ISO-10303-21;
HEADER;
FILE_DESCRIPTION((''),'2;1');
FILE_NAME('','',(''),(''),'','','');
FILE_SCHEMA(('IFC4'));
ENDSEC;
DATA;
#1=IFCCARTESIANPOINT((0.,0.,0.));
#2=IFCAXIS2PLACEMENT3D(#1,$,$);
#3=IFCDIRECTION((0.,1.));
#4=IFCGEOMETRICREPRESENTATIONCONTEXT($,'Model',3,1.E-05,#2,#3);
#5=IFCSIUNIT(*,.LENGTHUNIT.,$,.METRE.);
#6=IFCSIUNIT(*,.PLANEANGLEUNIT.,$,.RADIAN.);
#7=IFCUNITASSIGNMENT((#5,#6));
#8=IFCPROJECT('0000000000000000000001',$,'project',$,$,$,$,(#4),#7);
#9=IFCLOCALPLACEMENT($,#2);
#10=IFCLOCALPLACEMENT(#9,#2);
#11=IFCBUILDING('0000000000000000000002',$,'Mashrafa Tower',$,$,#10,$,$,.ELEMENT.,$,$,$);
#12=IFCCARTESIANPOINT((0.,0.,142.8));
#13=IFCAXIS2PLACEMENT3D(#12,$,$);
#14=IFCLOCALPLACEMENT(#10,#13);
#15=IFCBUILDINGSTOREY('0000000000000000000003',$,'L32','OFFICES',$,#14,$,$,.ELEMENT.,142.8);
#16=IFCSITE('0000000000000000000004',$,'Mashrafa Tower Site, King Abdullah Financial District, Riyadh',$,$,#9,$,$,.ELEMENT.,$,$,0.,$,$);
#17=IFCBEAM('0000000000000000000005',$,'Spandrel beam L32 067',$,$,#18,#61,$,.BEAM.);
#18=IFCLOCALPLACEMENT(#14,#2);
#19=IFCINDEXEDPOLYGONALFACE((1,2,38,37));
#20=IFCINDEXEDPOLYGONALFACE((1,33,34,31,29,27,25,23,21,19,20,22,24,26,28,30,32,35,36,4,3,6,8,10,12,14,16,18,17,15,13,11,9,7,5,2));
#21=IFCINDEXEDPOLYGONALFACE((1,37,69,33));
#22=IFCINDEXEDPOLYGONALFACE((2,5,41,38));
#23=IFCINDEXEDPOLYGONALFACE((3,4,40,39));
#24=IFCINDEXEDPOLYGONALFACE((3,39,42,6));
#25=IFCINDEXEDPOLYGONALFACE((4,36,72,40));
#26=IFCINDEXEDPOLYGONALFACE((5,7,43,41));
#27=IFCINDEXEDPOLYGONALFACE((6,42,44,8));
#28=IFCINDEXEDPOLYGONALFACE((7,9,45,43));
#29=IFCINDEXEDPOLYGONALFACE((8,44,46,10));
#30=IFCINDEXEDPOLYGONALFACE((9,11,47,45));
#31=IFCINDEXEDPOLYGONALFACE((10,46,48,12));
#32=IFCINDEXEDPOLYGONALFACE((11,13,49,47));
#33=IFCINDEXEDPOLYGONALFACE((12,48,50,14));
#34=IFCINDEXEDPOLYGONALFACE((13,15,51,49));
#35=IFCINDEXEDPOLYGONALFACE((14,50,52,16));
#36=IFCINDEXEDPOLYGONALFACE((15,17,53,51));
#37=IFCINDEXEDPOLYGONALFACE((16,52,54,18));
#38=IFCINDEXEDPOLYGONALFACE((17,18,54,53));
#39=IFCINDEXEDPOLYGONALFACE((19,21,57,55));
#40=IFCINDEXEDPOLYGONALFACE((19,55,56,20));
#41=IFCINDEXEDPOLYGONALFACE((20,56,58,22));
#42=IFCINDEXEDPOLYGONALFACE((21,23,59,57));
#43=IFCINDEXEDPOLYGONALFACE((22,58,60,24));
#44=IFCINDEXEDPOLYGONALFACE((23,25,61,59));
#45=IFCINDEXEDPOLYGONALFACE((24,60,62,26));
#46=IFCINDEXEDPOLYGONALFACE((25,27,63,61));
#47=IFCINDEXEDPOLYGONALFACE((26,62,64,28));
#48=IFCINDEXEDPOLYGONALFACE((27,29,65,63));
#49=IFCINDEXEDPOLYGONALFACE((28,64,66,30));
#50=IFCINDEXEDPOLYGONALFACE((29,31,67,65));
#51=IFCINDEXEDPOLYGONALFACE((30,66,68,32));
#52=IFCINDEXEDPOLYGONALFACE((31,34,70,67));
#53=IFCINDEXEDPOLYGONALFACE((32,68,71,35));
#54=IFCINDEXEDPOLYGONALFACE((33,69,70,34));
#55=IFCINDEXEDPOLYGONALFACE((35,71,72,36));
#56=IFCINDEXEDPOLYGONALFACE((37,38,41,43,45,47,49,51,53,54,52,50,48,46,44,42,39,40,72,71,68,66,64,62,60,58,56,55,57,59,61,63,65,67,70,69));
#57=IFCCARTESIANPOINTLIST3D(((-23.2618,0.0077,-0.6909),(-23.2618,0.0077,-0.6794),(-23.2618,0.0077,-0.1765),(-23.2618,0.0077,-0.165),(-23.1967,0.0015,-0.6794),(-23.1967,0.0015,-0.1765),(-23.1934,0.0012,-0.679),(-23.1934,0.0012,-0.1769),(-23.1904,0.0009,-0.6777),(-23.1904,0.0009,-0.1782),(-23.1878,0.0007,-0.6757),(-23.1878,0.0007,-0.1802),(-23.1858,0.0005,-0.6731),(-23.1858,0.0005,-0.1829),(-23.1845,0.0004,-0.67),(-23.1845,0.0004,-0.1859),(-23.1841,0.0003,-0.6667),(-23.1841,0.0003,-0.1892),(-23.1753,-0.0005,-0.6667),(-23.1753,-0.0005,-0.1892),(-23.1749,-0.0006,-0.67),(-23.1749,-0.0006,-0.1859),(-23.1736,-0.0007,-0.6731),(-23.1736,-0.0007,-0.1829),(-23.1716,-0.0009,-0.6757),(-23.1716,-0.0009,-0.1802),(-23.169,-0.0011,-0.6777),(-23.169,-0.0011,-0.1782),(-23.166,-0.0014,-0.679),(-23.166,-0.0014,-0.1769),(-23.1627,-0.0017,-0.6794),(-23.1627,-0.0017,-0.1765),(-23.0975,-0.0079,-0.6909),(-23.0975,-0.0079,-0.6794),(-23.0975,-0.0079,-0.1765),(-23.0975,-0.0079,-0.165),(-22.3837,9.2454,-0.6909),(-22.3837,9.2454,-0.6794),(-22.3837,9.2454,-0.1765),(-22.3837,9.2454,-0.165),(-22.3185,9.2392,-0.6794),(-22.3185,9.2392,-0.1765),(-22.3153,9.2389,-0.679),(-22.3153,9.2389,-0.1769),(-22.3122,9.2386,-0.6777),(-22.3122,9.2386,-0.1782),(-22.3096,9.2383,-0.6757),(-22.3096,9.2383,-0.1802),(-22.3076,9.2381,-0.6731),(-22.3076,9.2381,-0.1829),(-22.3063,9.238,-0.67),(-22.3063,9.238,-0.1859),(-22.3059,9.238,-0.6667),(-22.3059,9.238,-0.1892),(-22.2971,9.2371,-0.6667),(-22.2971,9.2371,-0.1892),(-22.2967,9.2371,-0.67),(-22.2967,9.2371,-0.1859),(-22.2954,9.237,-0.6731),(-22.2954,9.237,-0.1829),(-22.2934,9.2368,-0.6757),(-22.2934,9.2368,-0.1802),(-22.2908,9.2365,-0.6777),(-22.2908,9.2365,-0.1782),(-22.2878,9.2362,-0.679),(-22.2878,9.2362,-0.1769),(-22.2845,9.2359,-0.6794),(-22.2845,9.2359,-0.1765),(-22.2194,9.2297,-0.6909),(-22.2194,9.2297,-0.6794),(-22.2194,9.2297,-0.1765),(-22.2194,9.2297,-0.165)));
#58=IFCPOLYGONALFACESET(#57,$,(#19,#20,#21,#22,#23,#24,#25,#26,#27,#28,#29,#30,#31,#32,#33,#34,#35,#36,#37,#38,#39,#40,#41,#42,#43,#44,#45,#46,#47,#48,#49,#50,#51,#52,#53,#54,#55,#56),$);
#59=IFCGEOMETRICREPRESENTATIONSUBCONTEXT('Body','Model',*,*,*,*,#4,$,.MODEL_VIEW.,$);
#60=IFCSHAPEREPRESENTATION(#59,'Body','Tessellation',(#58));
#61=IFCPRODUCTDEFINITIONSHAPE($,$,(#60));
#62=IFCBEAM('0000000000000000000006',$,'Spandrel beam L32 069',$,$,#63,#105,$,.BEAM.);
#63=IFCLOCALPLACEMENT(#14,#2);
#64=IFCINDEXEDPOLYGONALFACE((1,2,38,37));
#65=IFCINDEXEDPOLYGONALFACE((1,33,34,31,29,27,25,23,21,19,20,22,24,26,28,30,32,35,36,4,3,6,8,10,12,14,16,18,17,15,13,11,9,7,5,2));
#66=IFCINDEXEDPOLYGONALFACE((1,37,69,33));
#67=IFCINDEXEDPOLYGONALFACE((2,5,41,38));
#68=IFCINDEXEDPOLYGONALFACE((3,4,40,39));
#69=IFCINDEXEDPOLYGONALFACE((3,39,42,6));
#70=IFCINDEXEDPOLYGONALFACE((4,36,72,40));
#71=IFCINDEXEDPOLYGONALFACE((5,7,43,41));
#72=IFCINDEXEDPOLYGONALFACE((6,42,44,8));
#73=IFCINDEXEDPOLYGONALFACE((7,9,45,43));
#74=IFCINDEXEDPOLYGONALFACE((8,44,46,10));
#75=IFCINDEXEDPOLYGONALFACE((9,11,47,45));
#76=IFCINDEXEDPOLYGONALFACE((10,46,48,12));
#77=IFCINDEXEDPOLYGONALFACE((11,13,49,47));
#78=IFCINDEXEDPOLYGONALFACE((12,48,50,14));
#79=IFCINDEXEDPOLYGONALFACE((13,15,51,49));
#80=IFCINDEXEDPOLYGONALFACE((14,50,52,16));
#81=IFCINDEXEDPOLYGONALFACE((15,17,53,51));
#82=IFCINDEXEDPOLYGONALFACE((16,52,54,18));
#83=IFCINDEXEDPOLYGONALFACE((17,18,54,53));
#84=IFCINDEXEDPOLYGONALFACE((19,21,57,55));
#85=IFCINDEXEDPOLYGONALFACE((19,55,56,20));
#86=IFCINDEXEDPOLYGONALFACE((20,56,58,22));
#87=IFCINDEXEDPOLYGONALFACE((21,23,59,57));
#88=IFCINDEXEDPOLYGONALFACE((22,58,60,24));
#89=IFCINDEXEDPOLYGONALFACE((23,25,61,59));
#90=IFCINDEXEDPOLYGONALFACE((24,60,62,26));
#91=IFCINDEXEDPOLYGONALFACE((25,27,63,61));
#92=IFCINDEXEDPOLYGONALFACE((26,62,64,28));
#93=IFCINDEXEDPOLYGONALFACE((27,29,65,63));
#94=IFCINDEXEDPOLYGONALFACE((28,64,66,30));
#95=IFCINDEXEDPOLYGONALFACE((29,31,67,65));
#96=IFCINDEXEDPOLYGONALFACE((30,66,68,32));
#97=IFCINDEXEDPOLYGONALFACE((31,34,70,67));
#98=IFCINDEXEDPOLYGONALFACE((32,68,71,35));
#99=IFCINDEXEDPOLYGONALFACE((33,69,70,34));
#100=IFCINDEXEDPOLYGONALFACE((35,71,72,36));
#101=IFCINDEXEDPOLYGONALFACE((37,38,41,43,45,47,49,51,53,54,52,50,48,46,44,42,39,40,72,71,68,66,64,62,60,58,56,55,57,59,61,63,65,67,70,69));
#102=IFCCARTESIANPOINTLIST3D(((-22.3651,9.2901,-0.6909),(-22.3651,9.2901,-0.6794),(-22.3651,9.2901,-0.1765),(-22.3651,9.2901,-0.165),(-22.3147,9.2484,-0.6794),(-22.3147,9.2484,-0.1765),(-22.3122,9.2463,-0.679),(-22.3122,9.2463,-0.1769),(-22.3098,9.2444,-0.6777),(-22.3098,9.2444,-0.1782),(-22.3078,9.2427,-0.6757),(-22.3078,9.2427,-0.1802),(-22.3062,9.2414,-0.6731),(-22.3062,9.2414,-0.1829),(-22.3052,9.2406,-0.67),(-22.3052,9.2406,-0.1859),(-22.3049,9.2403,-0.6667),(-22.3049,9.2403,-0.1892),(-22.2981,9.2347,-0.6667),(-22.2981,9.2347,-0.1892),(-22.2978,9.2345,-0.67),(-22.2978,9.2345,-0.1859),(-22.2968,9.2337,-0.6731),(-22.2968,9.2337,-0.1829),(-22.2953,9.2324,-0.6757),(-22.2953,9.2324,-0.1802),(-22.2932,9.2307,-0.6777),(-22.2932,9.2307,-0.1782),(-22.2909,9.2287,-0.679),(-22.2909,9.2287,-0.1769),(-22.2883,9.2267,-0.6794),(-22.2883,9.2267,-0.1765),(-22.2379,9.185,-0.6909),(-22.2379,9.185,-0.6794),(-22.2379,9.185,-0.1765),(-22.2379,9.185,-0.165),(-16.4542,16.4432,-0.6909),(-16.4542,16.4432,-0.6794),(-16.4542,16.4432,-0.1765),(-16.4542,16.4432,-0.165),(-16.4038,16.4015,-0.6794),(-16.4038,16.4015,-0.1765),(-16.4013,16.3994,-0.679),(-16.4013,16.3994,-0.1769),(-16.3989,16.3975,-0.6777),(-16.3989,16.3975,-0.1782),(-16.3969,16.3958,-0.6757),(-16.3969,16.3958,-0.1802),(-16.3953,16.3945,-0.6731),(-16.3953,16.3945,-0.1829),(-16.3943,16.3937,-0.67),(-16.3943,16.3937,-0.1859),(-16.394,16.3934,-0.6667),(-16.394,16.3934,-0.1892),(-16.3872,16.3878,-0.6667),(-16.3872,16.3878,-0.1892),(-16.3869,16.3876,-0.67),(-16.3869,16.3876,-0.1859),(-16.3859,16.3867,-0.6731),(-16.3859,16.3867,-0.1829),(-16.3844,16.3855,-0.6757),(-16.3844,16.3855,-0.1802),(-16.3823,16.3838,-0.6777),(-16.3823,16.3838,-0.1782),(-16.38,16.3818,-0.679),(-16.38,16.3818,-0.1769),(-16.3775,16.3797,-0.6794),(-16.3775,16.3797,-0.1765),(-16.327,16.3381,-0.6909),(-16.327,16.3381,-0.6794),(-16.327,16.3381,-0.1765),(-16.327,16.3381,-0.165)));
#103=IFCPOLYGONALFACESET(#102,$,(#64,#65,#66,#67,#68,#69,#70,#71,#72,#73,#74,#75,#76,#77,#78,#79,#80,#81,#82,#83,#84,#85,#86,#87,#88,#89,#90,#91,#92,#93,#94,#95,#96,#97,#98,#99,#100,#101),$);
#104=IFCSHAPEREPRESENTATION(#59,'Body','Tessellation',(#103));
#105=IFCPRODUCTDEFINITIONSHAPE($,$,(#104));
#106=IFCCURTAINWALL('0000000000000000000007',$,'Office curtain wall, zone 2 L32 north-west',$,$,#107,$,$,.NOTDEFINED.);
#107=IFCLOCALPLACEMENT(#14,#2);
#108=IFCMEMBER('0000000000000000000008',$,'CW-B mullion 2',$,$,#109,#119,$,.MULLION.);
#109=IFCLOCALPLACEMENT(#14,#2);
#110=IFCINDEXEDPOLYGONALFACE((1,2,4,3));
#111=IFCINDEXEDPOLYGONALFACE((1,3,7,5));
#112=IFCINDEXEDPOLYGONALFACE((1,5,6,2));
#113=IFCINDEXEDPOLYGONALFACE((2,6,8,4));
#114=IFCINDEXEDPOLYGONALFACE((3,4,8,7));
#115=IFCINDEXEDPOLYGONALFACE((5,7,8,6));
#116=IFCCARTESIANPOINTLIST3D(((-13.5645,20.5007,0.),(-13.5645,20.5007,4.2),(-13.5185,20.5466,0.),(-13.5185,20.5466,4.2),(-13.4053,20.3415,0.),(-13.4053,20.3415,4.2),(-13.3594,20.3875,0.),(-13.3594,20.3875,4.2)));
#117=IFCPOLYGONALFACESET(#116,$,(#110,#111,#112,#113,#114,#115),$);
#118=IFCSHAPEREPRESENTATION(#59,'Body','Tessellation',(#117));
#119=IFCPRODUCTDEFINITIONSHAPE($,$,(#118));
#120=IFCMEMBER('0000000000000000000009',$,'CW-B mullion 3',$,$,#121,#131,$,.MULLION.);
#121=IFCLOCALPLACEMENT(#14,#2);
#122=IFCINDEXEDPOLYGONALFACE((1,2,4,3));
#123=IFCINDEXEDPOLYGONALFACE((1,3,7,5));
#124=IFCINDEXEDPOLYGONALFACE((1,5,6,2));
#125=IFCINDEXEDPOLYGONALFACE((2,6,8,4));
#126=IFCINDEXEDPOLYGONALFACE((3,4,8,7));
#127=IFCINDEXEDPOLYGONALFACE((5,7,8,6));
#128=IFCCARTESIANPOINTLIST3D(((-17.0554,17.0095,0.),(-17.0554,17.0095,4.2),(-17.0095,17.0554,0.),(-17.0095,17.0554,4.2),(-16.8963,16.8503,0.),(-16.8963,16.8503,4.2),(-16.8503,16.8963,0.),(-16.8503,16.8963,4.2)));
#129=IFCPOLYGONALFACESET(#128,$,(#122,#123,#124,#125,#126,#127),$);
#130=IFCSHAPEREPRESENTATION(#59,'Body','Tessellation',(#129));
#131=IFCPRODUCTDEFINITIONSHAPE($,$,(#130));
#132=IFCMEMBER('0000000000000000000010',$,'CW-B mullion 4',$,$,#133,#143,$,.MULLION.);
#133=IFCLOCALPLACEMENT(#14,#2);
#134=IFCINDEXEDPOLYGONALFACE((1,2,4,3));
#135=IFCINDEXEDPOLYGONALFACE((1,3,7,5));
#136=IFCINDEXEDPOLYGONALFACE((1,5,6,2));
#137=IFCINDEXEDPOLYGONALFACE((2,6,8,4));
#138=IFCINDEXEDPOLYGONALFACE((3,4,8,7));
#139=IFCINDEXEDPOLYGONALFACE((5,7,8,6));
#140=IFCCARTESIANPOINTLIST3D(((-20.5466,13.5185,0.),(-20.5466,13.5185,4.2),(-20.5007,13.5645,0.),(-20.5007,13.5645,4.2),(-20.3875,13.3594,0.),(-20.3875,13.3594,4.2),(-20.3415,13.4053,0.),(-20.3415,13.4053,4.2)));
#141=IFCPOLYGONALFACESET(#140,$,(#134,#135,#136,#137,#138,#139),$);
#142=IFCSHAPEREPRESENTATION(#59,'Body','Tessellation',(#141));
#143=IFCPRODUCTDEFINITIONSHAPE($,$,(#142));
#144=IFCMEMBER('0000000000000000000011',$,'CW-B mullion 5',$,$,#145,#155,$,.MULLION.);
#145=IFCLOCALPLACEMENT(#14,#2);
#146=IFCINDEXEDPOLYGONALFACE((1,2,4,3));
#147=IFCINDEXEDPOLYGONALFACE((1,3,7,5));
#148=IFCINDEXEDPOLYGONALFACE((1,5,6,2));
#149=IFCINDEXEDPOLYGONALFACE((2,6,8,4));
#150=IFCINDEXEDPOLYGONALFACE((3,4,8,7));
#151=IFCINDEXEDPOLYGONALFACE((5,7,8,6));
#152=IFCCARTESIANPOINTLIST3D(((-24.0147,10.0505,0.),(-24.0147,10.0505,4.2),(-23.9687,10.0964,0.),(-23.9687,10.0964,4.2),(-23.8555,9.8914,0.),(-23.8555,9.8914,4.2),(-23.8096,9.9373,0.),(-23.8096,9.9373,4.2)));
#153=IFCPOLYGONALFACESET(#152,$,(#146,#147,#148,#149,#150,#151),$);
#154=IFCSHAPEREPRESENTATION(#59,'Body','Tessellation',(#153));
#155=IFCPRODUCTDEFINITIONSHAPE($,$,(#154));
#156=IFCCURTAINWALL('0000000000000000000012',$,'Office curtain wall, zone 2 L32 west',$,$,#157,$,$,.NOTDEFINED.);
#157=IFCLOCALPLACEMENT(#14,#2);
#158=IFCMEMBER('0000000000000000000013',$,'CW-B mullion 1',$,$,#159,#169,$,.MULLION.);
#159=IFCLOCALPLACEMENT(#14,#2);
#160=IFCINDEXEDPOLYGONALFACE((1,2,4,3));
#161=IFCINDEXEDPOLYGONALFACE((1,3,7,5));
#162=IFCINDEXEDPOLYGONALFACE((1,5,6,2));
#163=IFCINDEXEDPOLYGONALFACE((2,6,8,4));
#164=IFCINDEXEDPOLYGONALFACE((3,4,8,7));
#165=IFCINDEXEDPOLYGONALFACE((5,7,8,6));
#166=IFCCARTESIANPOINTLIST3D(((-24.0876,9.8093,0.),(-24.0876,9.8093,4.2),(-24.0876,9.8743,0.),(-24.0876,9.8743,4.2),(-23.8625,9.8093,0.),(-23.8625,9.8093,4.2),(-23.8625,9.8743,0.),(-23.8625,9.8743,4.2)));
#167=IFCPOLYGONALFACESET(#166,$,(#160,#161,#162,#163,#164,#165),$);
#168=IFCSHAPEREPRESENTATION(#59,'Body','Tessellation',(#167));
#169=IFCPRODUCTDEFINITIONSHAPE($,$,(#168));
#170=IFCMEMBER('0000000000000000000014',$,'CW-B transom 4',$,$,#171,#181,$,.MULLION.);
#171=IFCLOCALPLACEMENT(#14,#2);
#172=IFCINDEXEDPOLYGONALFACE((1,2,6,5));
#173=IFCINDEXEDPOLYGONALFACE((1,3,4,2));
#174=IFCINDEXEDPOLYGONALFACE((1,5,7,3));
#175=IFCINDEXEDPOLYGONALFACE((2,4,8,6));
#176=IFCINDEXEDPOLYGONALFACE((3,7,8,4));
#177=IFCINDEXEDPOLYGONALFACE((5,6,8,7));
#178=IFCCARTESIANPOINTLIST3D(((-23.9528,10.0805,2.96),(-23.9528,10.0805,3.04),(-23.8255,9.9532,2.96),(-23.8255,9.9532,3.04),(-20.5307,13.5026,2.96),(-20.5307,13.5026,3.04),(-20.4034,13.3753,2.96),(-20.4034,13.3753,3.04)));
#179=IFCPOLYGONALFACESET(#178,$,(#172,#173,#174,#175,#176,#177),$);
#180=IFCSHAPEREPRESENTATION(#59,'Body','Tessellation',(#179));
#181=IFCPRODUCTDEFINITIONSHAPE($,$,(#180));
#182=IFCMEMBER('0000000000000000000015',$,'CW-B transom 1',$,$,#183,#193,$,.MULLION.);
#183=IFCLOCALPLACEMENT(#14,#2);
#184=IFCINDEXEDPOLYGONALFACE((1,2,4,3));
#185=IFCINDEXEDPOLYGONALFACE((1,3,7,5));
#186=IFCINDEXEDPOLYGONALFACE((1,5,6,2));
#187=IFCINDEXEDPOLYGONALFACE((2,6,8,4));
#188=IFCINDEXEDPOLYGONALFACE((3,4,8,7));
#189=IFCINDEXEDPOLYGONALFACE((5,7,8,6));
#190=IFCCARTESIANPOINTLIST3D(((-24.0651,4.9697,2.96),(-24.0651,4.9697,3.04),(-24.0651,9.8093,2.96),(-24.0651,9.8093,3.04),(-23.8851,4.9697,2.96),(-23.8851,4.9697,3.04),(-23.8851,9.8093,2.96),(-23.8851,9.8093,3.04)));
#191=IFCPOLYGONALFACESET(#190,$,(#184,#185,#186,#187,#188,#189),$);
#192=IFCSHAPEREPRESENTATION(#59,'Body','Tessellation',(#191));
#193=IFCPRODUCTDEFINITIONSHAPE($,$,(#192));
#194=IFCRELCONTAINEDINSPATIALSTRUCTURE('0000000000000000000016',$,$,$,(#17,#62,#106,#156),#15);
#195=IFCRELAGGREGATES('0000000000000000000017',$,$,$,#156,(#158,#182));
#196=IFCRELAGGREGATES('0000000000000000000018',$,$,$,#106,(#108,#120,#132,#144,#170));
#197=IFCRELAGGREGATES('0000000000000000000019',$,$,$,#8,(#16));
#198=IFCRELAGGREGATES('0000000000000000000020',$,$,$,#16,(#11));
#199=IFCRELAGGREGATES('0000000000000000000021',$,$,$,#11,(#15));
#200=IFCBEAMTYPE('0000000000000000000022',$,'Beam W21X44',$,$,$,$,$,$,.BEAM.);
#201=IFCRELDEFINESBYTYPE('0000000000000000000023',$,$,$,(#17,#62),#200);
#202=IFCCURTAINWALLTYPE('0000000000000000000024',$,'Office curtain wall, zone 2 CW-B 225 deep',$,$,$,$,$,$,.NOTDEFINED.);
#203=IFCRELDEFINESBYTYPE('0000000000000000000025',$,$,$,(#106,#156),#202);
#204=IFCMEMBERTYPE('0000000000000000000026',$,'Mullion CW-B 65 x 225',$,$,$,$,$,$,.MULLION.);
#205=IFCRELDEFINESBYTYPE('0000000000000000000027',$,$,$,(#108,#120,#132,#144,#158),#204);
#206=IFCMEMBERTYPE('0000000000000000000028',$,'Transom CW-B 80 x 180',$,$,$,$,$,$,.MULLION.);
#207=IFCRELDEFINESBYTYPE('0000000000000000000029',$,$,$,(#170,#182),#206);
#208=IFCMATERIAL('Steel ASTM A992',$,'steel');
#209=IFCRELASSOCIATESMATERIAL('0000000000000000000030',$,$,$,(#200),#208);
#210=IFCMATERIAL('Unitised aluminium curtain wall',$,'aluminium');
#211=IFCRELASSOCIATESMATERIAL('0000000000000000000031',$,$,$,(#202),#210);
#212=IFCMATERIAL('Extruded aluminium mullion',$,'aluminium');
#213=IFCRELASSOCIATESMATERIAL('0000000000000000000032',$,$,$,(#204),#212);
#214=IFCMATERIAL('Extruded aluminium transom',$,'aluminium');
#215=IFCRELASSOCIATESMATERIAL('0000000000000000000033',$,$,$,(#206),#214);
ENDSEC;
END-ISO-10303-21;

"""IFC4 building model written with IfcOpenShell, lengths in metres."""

from ifc_helpers import new_model, si_unit, direction, frame, origin, origin_2d, place, context, subcontext, project, spatial, rectangle, i_section, extrude, source, transform, mapped, material, material_profile, profile_set, type_object, type_shapes, element, aggregate, save


model = new_model("IFC4")

# Units and contexts
model_context = context("Model", 3, precision=1e-05, world=origin(), true_north=direction((0.0, 1.0)))
body_context = subcontext(model_context, "Body", "Model", "MODEL_VIEW")
ifc_project = project(units=[si_unit("LENGTHUNIT", "METRE"), si_unit("PLANEANGLEUNIT", "RADIAN")], contexts=[model_context])

# Site, building, storey
site_placement = place(None, origin())
site = spatial("IfcSite", under=ifc_project, at=site_placement, Name="Mashrafa Tower Site, King Abdullah Financial District, Riyadh", CompositionType="ELEMENT", RefElevation=0.0)
building_placement = place(site_placement, origin())
building = spatial("IfcBuilding", under=site, at=building_placement, Name="Mashrafa Tower", CompositionType="ELEMENT")
storey_placement = place(building_placement, frame((0.0, 0.0, 142.8)))
storey = spatial("IfcBuildingStorey", under=building, at=storey_placement, Name="L32", Description="OFFICES", CompositionType="ELEMENT", Elevation=142.8)

# Beams
ifc_material_1 = material(Name="Steel ASTM A992", Category="steel")
ifc_material_profile_1 = material_profile(ifc_material_1, i_section(OverallWidth=0.165, OverallDepth=0.5259, WebThickness=0.0088, FlangeThickness=0.0115, FilletRadius=0.0127, at=origin_2d()), Name="W21X44")
ifc_profile_set_1 = profile_set([ifc_material_profile_1], Name="Steel ASTM A992")
beam_type_1 = type_object("IfcBeamType", Name="Beam W21X44", PredefinedType="BEAM", material=ifc_profile_set_1)
for number, where, z_axis, x_axis, name in (
    (1, (-22.3015, 9.2375, -0.428), (-0.094639, -0.995512, 0.0), (0.995512, -0.094639, 0.0), "Spandrel beam L32 067"),
    (2, (-16.3906, 16.3906, -0.428), (-0.636998, -0.770865, 0.0), (0.770865, -0.636998, 0.0), "Spandrel beam L32 069"),
):
    element("IfcBeam", number, at=place(storey_placement, frame(where, z_axis=z_axis, x_axis=x_axis)), inside=storey, type_object=beam_type_1, Name=name, PredefinedType="BEAM", context=body_context, shape_type="SweptSolid", body=[
        extrude(i_section(OverallWidth=0.165, OverallDepth=0.5259, WebThickness=0.0088, FlangeThickness=0.0115, FilletRadius=0.0127, at=origin_2d()), origin(), (0.0, 0.0, 1.0), 9.2793),
    ])

# Curtain wall, members
ifc_material_2 = material(Name="Unitised aluminium curtain wall", Category="aluminium")
curtain_wall_type = type_object("IfcCurtainWallType", Name="Office curtain wall, zone 2 CW-B 225 deep", PredefinedType="NOTDEFINED", material=ifc_material_2)
curtain_wall_1_placement = place(storey_placement, origin())
curtain_wall_1 = element("IfcCurtainWall", 3, at=curtain_wall_1_placement, inside=storey, type_object=curtain_wall_type, Name="Office curtain wall, zone 2 L32 north-west", PredefinedType="NOTDEFINED")
ifc_material_3 = material(Name="Extruded aluminium mullion", Category="aluminium")
ifc_material_profile_2 = material_profile(ifc_material_3, rectangle(XDim=0.2251, YDim=0.0649, at=origin_2d()), Name="Mullion 65x225")
ifc_profile_set_2 = profile_set([ifc_material_profile_2], Name="Extruded aluminium mullion")
member_type_1 = type_object("IfcMemberType", Name="Mullion CW-B 65 x 225", PredefinedType="MULLION", material=ifc_profile_set_2)
shared_shape_1 = source(origin(), body_context, "Body", "SweptSolid", [
    extrude(rectangle(XDim=0.2251, YDim=0.0649, at=origin_2d()), origin(), (0.0, 0.0, 1.0), 4.2),
])
type_shapes(member_type_1, [shared_shape_1])
member_1_placement = place(storey_placement, frame((-13.4619, 20.4441, 0.0), z_axis=(0.0, 0.0, 1.0), x_axis=(0.707107, -0.707107, 0.0)))
member_1 = element("IfcMember", 4, at=member_1_placement, type_object=member_type_1, Name="CW-B mullion 2", PredefinedType="MULLION", context=body_context, shape_type="MappedRepresentation", body=[
    mapped(shared_shape_1, transform((0.0, 0.0, 0.0))),
])
member_2_placement = place(storey_placement, frame((-16.9529, 16.9529, 0.0), z_axis=(0.0, 0.0, 1.0), x_axis=(0.707107, -0.707107, 0.0)))
member_2 = element("IfcMember", 5, at=member_2_placement, type_object=member_type_1, Name="CW-B mullion 3", PredefinedType="MULLION", context=body_context, shape_type="MappedRepresentation", body=[
    mapped(shared_shape_1, transform((0.0, 0.0, 0.0))),
])
member_3_placement = place(storey_placement, frame((-20.4441, 13.4619, 0.0), z_axis=(0.0, 0.0, 1.0), x_axis=(0.707107, -0.707107, 0.0)))
member_3 = element("IfcMember", 6, at=member_3_placement, type_object=member_type_1, Name="CW-B mullion 4", PredefinedType="MULLION", context=body_context, shape_type="MappedRepresentation", body=[
    mapped(shared_shape_1, transform((0.0, 0.0, 0.0))),
])
member_4_placement = place(storey_placement, frame((-23.9121, 9.9939, 0.0), z_axis=(0.0, 0.0, 1.0), x_axis=(0.707107, -0.707107, 0.0)))
member_4 = element("IfcMember", 7, at=member_4_placement, type_object=member_type_1, Name="CW-B mullion 5", PredefinedType="MULLION", context=body_context, shape_type="MappedRepresentation", body=[
    mapped(shared_shape_1, transform((0.0, 0.0, 0.0))),
])

# Curtain wall, member
curtain_wall_2_placement = place(storey_placement, origin())
curtain_wall_2 = element("IfcCurtainWall", 8, at=curtain_wall_2_placement, inside=storey, type_object=curtain_wall_type, Name="Office curtain wall, zone 2 L32 west", PredefinedType="NOTDEFINED")
member_5_placement = place(storey_placement, frame((-23.9751, 9.8418, 0.0), z_axis=(0.0, 0.0, 1.0), x_axis=(1.0, 0.0, 0.0)))
member_5 = element("IfcMember", 9, at=member_5_placement, type_object=member_type_1, Name="CW-B mullion 1", PredefinedType="MULLION", context=body_context, shape_type="MappedRepresentation", body=[
    mapped(shared_shape_1, transform((0.0, 0.0, 0.0))),
])

# Members
ifc_material_4 = material(Name="Extruded aluminium transom", Category="aluminium")
ifc_material_profile_3 = material_profile(ifc_material_4, rectangle(XDim=0.1799, YDim=0.0801, at=origin_2d()), Name="Transom 80x180")
ifc_profile_set_3 = profile_set([ifc_material_profile_3], Name="Extruded aluminium transom")
member_type_2 = type_object("IfcMemberType", Name="Transom CW-B 80 x 180", PredefinedType="MULLION", material=ifc_profile_set_3)
shared_shape_2 = source(origin(), body_context, "Body", "SweptSolid", [
    extrude(rectangle(XDim=0.1799, YDim=0.0801, at=origin_2d()), origin(), (0.0, 0.0, 1.0), 4.8396),
])
member_6_placement = place(storey_placement, frame((-20.467, 13.439, 3.0), z_axis=(-0.707107, -0.707107, 0.0), x_axis=(0.707107, -0.707107, 0.0)))
member_6 = element("IfcMember", 10, at=member_6_placement, type_object=member_type_2, Name="CW-B transom 4", PredefinedType="MULLION", context=body_context, shape_type="MappedRepresentation", body=[
    mapped(shared_shape_2, transform((0.0, 0.0, 0.0))),
])
member_7_placement = place(storey_placement, frame((-23.9751, 9.8093, 3.0), z_axis=(0.0, -1.0, 0.0), x_axis=(1.0, 0.0, 0.0)))
member_7 = element("IfcMember", 11, at=member_7_placement, type_object=member_type_2, Name="CW-B transom 1", PredefinedType="MULLION", context=body_context, shape_type="MappedRepresentation", body=[
    mapped(shared_shape_2, transform((0.0, 0.0, 0.0))),
])
aggregate(curtain_wall_2, [member_5, member_7])

aggregate(curtain_wall_1, [member_1, member_2, member_3, member_4, member_6])

save(model, "model.ifc")
